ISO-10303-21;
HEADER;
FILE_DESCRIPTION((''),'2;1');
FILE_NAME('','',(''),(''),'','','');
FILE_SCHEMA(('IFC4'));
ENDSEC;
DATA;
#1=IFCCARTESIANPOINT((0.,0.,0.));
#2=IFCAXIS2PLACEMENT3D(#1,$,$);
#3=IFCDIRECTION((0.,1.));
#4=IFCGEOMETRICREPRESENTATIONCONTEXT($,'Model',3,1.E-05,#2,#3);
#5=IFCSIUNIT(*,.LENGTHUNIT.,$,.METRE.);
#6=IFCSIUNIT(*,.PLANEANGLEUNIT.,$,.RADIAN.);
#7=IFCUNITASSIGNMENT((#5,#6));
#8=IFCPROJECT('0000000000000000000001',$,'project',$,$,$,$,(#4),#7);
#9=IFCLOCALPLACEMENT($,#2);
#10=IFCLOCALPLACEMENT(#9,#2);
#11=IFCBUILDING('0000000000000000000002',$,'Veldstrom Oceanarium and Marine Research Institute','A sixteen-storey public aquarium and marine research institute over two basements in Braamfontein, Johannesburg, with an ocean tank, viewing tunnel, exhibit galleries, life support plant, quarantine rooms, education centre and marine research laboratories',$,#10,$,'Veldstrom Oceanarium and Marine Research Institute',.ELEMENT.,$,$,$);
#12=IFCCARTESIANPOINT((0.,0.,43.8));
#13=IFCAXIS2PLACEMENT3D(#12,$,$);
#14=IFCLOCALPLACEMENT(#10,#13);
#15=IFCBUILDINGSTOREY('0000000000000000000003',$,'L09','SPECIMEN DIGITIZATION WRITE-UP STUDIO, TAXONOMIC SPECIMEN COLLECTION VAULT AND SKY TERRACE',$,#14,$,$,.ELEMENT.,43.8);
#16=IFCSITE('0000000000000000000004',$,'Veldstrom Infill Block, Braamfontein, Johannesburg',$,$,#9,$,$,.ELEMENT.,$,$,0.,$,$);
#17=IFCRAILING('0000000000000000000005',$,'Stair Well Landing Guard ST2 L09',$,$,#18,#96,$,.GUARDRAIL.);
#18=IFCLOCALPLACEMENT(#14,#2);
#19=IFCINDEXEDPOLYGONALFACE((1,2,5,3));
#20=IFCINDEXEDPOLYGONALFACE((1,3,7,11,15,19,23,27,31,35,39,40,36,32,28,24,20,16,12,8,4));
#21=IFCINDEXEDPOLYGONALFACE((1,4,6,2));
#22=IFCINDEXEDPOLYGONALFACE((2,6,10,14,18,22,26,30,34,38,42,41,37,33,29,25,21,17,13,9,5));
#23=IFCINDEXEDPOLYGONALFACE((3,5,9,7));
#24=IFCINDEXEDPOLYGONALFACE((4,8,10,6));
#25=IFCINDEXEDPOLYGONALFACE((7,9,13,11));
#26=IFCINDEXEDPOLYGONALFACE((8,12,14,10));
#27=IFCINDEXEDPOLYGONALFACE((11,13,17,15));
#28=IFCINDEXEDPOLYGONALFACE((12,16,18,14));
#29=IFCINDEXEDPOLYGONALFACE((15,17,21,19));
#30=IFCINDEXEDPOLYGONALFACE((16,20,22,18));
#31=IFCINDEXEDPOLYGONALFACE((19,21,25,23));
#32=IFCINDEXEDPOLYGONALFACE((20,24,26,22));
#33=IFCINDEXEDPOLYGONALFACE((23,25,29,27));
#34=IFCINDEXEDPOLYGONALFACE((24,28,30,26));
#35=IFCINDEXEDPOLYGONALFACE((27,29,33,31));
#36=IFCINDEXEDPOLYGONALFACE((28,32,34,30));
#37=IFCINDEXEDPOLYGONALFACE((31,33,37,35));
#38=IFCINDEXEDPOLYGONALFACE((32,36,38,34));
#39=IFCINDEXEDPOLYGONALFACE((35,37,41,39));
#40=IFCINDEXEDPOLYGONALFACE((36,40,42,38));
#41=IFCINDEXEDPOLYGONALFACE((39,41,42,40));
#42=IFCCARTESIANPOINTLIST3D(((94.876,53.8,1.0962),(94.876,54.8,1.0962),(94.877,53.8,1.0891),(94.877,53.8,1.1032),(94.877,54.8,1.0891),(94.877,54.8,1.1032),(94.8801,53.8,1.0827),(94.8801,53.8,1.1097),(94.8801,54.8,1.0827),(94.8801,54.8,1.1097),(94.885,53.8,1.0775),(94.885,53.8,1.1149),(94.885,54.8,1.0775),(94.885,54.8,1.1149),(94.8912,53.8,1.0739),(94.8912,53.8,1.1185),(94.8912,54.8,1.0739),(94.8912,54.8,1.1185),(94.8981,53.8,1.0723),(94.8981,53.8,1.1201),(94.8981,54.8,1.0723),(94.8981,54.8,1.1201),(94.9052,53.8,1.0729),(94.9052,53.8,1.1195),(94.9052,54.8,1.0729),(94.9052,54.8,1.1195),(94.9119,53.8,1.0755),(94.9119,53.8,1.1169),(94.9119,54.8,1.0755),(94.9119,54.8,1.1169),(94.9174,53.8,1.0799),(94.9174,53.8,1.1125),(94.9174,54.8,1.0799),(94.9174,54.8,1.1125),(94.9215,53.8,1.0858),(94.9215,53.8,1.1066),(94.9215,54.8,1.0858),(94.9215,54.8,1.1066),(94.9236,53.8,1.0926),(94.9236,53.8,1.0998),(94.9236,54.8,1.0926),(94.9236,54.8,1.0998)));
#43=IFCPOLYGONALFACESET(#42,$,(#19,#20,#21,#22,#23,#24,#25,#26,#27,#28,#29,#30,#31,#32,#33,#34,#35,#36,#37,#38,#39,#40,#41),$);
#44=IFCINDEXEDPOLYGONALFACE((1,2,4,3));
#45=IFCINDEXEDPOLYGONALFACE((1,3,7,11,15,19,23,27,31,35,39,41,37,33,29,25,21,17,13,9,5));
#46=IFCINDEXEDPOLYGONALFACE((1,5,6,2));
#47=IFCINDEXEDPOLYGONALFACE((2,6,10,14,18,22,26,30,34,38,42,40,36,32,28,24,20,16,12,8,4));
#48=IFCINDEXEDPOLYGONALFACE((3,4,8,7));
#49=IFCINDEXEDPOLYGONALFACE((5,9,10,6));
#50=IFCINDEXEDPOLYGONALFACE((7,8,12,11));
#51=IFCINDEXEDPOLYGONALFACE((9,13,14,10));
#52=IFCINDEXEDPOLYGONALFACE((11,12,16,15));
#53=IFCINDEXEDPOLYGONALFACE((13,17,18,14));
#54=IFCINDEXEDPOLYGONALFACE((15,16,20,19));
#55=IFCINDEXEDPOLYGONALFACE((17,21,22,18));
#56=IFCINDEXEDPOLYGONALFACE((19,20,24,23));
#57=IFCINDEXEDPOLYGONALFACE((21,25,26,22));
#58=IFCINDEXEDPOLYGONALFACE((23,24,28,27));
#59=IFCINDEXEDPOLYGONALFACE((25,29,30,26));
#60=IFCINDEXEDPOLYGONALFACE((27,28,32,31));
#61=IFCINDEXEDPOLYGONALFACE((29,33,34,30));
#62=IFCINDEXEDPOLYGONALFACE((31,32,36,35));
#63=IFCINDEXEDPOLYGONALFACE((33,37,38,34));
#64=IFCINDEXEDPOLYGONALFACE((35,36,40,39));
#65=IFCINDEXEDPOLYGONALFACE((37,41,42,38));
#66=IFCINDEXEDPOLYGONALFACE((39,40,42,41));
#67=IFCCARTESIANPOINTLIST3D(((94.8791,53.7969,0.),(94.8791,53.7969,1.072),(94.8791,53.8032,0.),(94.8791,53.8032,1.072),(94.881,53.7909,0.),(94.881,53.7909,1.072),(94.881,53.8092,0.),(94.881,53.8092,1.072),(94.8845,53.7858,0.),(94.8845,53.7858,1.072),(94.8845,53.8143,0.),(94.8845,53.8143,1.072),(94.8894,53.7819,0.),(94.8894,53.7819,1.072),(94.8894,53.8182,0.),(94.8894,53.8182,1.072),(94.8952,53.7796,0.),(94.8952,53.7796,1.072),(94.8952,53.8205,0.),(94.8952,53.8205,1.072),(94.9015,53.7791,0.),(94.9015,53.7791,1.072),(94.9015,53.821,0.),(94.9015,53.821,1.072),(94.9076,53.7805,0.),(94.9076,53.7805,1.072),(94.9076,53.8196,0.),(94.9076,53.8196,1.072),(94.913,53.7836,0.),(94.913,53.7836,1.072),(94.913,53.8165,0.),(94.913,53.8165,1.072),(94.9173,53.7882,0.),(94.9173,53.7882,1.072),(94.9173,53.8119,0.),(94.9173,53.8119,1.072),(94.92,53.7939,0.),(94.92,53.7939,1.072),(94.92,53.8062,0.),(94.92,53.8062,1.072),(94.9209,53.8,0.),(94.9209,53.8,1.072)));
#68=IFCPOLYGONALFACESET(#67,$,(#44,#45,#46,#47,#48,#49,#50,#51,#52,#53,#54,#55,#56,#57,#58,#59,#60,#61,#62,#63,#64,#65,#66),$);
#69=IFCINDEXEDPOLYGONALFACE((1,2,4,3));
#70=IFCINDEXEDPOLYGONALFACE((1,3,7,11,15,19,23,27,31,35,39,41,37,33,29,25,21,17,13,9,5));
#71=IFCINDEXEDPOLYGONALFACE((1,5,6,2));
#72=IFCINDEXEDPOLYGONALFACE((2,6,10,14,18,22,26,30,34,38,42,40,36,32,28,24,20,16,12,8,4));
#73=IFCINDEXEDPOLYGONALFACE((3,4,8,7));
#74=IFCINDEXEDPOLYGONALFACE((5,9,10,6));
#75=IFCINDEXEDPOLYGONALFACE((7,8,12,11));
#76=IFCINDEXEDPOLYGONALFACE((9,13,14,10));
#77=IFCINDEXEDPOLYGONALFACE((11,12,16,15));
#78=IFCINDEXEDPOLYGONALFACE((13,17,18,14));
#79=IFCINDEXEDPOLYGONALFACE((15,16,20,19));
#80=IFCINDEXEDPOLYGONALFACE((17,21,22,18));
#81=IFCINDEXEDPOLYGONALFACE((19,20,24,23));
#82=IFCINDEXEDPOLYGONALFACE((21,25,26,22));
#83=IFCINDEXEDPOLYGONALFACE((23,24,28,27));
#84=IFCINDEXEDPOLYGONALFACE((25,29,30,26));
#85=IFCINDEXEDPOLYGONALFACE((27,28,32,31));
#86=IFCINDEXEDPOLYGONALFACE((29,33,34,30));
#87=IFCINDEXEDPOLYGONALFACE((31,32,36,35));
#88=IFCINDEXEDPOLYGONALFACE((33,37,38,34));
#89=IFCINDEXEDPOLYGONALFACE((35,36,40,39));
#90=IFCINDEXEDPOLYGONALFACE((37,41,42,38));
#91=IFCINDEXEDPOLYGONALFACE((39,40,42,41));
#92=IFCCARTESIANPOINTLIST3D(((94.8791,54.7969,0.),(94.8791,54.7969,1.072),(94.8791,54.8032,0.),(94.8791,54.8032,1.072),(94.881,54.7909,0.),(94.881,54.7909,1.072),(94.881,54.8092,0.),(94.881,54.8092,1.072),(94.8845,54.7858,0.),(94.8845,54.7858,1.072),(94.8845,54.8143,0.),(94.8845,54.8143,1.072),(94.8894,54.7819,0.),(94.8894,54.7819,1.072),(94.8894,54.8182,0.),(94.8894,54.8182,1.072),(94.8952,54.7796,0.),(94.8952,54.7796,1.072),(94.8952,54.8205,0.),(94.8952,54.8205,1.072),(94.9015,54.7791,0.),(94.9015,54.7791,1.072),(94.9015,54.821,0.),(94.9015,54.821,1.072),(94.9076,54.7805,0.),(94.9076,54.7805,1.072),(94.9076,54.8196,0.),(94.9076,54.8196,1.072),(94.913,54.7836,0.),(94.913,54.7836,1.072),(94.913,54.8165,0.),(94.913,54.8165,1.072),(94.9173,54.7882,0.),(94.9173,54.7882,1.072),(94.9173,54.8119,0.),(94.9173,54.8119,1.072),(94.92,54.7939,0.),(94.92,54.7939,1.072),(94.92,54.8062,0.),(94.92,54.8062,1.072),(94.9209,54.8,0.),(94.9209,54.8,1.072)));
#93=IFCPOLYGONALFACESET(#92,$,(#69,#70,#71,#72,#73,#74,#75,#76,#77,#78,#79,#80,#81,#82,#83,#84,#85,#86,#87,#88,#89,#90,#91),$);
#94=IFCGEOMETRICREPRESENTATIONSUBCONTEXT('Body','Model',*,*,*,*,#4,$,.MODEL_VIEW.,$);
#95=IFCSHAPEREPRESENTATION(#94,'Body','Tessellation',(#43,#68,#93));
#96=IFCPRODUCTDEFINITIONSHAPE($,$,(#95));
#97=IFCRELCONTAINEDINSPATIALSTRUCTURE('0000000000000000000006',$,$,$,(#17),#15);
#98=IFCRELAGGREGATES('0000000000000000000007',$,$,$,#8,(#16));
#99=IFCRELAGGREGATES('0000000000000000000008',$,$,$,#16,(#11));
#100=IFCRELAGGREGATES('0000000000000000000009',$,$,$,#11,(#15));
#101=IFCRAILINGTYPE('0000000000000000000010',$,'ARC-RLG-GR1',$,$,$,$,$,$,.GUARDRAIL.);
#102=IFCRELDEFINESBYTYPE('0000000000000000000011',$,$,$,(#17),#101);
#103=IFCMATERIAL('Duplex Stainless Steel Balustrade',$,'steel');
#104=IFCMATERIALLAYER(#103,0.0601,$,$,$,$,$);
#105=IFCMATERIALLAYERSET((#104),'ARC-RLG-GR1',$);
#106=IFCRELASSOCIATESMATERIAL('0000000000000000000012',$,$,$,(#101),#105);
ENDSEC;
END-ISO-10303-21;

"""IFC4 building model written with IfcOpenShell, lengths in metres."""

from ifc_helpers import new_model, si_unit, direction, frame, origin, origin_2d, place, context, subcontext, project, spatial, circle, extrude, material, layer, layer_set, type_object, element, save


model = new_model("IFC4")

# Units and contexts
model_context = context("Model", 3, precision=1e-05, world=origin(), true_north=direction((0.0, 1.0)))
body_context = subcontext(model_context, "Body", "Model", "MODEL_VIEW")
ifc_project = project(units=[si_unit("LENGTHUNIT", "METRE"), si_unit("PLANEANGLEUNIT", "RADIAN")], contexts=[model_context])

# Site, building, storey
site_placement = place(None, origin())
site = spatial("IfcSite", under=ifc_project, at=site_placement, Name="Veldstrom Infill Block, Braamfontein, Johannesburg", CompositionType="ELEMENT", RefElevation=0.0)
building_placement = place(site_placement, origin())
building = spatial("IfcBuilding", under=site, at=building_placement, Name="Veldstrom Oceanarium and Marine Research Institute", Description="A sixteen-storey public aquarium and marine research institute over two basements in Braamfontein, Johannesburg, with an ocean tank, viewing tunnel, exhibit galleries, life support plant, quarantine rooms, education centre and marine research laboratories", LongName="Veldstrom Oceanarium and Marine Research Institute", CompositionType="ELEMENT")
storey_placement = place(building_placement, frame((0.0, 0.0, 43.8)))
storey = spatial("IfcBuildingStorey", under=building, at=storey_placement, Name="L09", Description="SPECIMEN DIGITIZATION WRITE-UP STUDIO, TAXONOMIC SPECIMEN COLLECTION VAULT AND SKY TERRACE", CompositionType="ELEMENT", Elevation=43.8)

# Railing
ifc_material_1 = material(Name="Duplex Stainless Steel Balustrade", Category="steel")
ifc_layer_1 = layer(ifc_material_1, 0.0601)
ifc_layer_set_1 = layer_set([ifc_layer_1], Name="ARC-RLG-GR1")
railing_type_1 = type_object("IfcRailingType", Name="ARC-RLG-GR1", PredefinedType="GUARDRAIL", material=ifc_layer_set_1)
railing_1_placement = place(storey_placement, frame((94.8999, 53.8, 0.0)))
element("IfcRailing", 1, at=railing_1_placement, inside=storey, type_object=railing_type_1, Name="Stair Well Landing Guard ST2 L09", PredefinedType="GUARDRAIL", context=body_context, shape_type="SweptSolid", body=[
    extrude(circle(Radius=0.0239, at=origin_2d()), frame((0.0, 0.0, 1.0962), z_axis=(0.0, 1.0, 0.0), x_axis=(-1.0, 0.0, 0.0)), (0.0, 0.0, 1.0), 1.0),
    extrude(circle(Radius=0.021, at=origin_2d()), origin(), (0.0, 0.0, 1.0), 1.072),
    extrude(circle(Radius=0.021, at=origin_2d()), frame((0.0, 1.0, 0.0)), (0.0, 0.0, 1.0), 1.072),
])

save(model, "model.ifc")
